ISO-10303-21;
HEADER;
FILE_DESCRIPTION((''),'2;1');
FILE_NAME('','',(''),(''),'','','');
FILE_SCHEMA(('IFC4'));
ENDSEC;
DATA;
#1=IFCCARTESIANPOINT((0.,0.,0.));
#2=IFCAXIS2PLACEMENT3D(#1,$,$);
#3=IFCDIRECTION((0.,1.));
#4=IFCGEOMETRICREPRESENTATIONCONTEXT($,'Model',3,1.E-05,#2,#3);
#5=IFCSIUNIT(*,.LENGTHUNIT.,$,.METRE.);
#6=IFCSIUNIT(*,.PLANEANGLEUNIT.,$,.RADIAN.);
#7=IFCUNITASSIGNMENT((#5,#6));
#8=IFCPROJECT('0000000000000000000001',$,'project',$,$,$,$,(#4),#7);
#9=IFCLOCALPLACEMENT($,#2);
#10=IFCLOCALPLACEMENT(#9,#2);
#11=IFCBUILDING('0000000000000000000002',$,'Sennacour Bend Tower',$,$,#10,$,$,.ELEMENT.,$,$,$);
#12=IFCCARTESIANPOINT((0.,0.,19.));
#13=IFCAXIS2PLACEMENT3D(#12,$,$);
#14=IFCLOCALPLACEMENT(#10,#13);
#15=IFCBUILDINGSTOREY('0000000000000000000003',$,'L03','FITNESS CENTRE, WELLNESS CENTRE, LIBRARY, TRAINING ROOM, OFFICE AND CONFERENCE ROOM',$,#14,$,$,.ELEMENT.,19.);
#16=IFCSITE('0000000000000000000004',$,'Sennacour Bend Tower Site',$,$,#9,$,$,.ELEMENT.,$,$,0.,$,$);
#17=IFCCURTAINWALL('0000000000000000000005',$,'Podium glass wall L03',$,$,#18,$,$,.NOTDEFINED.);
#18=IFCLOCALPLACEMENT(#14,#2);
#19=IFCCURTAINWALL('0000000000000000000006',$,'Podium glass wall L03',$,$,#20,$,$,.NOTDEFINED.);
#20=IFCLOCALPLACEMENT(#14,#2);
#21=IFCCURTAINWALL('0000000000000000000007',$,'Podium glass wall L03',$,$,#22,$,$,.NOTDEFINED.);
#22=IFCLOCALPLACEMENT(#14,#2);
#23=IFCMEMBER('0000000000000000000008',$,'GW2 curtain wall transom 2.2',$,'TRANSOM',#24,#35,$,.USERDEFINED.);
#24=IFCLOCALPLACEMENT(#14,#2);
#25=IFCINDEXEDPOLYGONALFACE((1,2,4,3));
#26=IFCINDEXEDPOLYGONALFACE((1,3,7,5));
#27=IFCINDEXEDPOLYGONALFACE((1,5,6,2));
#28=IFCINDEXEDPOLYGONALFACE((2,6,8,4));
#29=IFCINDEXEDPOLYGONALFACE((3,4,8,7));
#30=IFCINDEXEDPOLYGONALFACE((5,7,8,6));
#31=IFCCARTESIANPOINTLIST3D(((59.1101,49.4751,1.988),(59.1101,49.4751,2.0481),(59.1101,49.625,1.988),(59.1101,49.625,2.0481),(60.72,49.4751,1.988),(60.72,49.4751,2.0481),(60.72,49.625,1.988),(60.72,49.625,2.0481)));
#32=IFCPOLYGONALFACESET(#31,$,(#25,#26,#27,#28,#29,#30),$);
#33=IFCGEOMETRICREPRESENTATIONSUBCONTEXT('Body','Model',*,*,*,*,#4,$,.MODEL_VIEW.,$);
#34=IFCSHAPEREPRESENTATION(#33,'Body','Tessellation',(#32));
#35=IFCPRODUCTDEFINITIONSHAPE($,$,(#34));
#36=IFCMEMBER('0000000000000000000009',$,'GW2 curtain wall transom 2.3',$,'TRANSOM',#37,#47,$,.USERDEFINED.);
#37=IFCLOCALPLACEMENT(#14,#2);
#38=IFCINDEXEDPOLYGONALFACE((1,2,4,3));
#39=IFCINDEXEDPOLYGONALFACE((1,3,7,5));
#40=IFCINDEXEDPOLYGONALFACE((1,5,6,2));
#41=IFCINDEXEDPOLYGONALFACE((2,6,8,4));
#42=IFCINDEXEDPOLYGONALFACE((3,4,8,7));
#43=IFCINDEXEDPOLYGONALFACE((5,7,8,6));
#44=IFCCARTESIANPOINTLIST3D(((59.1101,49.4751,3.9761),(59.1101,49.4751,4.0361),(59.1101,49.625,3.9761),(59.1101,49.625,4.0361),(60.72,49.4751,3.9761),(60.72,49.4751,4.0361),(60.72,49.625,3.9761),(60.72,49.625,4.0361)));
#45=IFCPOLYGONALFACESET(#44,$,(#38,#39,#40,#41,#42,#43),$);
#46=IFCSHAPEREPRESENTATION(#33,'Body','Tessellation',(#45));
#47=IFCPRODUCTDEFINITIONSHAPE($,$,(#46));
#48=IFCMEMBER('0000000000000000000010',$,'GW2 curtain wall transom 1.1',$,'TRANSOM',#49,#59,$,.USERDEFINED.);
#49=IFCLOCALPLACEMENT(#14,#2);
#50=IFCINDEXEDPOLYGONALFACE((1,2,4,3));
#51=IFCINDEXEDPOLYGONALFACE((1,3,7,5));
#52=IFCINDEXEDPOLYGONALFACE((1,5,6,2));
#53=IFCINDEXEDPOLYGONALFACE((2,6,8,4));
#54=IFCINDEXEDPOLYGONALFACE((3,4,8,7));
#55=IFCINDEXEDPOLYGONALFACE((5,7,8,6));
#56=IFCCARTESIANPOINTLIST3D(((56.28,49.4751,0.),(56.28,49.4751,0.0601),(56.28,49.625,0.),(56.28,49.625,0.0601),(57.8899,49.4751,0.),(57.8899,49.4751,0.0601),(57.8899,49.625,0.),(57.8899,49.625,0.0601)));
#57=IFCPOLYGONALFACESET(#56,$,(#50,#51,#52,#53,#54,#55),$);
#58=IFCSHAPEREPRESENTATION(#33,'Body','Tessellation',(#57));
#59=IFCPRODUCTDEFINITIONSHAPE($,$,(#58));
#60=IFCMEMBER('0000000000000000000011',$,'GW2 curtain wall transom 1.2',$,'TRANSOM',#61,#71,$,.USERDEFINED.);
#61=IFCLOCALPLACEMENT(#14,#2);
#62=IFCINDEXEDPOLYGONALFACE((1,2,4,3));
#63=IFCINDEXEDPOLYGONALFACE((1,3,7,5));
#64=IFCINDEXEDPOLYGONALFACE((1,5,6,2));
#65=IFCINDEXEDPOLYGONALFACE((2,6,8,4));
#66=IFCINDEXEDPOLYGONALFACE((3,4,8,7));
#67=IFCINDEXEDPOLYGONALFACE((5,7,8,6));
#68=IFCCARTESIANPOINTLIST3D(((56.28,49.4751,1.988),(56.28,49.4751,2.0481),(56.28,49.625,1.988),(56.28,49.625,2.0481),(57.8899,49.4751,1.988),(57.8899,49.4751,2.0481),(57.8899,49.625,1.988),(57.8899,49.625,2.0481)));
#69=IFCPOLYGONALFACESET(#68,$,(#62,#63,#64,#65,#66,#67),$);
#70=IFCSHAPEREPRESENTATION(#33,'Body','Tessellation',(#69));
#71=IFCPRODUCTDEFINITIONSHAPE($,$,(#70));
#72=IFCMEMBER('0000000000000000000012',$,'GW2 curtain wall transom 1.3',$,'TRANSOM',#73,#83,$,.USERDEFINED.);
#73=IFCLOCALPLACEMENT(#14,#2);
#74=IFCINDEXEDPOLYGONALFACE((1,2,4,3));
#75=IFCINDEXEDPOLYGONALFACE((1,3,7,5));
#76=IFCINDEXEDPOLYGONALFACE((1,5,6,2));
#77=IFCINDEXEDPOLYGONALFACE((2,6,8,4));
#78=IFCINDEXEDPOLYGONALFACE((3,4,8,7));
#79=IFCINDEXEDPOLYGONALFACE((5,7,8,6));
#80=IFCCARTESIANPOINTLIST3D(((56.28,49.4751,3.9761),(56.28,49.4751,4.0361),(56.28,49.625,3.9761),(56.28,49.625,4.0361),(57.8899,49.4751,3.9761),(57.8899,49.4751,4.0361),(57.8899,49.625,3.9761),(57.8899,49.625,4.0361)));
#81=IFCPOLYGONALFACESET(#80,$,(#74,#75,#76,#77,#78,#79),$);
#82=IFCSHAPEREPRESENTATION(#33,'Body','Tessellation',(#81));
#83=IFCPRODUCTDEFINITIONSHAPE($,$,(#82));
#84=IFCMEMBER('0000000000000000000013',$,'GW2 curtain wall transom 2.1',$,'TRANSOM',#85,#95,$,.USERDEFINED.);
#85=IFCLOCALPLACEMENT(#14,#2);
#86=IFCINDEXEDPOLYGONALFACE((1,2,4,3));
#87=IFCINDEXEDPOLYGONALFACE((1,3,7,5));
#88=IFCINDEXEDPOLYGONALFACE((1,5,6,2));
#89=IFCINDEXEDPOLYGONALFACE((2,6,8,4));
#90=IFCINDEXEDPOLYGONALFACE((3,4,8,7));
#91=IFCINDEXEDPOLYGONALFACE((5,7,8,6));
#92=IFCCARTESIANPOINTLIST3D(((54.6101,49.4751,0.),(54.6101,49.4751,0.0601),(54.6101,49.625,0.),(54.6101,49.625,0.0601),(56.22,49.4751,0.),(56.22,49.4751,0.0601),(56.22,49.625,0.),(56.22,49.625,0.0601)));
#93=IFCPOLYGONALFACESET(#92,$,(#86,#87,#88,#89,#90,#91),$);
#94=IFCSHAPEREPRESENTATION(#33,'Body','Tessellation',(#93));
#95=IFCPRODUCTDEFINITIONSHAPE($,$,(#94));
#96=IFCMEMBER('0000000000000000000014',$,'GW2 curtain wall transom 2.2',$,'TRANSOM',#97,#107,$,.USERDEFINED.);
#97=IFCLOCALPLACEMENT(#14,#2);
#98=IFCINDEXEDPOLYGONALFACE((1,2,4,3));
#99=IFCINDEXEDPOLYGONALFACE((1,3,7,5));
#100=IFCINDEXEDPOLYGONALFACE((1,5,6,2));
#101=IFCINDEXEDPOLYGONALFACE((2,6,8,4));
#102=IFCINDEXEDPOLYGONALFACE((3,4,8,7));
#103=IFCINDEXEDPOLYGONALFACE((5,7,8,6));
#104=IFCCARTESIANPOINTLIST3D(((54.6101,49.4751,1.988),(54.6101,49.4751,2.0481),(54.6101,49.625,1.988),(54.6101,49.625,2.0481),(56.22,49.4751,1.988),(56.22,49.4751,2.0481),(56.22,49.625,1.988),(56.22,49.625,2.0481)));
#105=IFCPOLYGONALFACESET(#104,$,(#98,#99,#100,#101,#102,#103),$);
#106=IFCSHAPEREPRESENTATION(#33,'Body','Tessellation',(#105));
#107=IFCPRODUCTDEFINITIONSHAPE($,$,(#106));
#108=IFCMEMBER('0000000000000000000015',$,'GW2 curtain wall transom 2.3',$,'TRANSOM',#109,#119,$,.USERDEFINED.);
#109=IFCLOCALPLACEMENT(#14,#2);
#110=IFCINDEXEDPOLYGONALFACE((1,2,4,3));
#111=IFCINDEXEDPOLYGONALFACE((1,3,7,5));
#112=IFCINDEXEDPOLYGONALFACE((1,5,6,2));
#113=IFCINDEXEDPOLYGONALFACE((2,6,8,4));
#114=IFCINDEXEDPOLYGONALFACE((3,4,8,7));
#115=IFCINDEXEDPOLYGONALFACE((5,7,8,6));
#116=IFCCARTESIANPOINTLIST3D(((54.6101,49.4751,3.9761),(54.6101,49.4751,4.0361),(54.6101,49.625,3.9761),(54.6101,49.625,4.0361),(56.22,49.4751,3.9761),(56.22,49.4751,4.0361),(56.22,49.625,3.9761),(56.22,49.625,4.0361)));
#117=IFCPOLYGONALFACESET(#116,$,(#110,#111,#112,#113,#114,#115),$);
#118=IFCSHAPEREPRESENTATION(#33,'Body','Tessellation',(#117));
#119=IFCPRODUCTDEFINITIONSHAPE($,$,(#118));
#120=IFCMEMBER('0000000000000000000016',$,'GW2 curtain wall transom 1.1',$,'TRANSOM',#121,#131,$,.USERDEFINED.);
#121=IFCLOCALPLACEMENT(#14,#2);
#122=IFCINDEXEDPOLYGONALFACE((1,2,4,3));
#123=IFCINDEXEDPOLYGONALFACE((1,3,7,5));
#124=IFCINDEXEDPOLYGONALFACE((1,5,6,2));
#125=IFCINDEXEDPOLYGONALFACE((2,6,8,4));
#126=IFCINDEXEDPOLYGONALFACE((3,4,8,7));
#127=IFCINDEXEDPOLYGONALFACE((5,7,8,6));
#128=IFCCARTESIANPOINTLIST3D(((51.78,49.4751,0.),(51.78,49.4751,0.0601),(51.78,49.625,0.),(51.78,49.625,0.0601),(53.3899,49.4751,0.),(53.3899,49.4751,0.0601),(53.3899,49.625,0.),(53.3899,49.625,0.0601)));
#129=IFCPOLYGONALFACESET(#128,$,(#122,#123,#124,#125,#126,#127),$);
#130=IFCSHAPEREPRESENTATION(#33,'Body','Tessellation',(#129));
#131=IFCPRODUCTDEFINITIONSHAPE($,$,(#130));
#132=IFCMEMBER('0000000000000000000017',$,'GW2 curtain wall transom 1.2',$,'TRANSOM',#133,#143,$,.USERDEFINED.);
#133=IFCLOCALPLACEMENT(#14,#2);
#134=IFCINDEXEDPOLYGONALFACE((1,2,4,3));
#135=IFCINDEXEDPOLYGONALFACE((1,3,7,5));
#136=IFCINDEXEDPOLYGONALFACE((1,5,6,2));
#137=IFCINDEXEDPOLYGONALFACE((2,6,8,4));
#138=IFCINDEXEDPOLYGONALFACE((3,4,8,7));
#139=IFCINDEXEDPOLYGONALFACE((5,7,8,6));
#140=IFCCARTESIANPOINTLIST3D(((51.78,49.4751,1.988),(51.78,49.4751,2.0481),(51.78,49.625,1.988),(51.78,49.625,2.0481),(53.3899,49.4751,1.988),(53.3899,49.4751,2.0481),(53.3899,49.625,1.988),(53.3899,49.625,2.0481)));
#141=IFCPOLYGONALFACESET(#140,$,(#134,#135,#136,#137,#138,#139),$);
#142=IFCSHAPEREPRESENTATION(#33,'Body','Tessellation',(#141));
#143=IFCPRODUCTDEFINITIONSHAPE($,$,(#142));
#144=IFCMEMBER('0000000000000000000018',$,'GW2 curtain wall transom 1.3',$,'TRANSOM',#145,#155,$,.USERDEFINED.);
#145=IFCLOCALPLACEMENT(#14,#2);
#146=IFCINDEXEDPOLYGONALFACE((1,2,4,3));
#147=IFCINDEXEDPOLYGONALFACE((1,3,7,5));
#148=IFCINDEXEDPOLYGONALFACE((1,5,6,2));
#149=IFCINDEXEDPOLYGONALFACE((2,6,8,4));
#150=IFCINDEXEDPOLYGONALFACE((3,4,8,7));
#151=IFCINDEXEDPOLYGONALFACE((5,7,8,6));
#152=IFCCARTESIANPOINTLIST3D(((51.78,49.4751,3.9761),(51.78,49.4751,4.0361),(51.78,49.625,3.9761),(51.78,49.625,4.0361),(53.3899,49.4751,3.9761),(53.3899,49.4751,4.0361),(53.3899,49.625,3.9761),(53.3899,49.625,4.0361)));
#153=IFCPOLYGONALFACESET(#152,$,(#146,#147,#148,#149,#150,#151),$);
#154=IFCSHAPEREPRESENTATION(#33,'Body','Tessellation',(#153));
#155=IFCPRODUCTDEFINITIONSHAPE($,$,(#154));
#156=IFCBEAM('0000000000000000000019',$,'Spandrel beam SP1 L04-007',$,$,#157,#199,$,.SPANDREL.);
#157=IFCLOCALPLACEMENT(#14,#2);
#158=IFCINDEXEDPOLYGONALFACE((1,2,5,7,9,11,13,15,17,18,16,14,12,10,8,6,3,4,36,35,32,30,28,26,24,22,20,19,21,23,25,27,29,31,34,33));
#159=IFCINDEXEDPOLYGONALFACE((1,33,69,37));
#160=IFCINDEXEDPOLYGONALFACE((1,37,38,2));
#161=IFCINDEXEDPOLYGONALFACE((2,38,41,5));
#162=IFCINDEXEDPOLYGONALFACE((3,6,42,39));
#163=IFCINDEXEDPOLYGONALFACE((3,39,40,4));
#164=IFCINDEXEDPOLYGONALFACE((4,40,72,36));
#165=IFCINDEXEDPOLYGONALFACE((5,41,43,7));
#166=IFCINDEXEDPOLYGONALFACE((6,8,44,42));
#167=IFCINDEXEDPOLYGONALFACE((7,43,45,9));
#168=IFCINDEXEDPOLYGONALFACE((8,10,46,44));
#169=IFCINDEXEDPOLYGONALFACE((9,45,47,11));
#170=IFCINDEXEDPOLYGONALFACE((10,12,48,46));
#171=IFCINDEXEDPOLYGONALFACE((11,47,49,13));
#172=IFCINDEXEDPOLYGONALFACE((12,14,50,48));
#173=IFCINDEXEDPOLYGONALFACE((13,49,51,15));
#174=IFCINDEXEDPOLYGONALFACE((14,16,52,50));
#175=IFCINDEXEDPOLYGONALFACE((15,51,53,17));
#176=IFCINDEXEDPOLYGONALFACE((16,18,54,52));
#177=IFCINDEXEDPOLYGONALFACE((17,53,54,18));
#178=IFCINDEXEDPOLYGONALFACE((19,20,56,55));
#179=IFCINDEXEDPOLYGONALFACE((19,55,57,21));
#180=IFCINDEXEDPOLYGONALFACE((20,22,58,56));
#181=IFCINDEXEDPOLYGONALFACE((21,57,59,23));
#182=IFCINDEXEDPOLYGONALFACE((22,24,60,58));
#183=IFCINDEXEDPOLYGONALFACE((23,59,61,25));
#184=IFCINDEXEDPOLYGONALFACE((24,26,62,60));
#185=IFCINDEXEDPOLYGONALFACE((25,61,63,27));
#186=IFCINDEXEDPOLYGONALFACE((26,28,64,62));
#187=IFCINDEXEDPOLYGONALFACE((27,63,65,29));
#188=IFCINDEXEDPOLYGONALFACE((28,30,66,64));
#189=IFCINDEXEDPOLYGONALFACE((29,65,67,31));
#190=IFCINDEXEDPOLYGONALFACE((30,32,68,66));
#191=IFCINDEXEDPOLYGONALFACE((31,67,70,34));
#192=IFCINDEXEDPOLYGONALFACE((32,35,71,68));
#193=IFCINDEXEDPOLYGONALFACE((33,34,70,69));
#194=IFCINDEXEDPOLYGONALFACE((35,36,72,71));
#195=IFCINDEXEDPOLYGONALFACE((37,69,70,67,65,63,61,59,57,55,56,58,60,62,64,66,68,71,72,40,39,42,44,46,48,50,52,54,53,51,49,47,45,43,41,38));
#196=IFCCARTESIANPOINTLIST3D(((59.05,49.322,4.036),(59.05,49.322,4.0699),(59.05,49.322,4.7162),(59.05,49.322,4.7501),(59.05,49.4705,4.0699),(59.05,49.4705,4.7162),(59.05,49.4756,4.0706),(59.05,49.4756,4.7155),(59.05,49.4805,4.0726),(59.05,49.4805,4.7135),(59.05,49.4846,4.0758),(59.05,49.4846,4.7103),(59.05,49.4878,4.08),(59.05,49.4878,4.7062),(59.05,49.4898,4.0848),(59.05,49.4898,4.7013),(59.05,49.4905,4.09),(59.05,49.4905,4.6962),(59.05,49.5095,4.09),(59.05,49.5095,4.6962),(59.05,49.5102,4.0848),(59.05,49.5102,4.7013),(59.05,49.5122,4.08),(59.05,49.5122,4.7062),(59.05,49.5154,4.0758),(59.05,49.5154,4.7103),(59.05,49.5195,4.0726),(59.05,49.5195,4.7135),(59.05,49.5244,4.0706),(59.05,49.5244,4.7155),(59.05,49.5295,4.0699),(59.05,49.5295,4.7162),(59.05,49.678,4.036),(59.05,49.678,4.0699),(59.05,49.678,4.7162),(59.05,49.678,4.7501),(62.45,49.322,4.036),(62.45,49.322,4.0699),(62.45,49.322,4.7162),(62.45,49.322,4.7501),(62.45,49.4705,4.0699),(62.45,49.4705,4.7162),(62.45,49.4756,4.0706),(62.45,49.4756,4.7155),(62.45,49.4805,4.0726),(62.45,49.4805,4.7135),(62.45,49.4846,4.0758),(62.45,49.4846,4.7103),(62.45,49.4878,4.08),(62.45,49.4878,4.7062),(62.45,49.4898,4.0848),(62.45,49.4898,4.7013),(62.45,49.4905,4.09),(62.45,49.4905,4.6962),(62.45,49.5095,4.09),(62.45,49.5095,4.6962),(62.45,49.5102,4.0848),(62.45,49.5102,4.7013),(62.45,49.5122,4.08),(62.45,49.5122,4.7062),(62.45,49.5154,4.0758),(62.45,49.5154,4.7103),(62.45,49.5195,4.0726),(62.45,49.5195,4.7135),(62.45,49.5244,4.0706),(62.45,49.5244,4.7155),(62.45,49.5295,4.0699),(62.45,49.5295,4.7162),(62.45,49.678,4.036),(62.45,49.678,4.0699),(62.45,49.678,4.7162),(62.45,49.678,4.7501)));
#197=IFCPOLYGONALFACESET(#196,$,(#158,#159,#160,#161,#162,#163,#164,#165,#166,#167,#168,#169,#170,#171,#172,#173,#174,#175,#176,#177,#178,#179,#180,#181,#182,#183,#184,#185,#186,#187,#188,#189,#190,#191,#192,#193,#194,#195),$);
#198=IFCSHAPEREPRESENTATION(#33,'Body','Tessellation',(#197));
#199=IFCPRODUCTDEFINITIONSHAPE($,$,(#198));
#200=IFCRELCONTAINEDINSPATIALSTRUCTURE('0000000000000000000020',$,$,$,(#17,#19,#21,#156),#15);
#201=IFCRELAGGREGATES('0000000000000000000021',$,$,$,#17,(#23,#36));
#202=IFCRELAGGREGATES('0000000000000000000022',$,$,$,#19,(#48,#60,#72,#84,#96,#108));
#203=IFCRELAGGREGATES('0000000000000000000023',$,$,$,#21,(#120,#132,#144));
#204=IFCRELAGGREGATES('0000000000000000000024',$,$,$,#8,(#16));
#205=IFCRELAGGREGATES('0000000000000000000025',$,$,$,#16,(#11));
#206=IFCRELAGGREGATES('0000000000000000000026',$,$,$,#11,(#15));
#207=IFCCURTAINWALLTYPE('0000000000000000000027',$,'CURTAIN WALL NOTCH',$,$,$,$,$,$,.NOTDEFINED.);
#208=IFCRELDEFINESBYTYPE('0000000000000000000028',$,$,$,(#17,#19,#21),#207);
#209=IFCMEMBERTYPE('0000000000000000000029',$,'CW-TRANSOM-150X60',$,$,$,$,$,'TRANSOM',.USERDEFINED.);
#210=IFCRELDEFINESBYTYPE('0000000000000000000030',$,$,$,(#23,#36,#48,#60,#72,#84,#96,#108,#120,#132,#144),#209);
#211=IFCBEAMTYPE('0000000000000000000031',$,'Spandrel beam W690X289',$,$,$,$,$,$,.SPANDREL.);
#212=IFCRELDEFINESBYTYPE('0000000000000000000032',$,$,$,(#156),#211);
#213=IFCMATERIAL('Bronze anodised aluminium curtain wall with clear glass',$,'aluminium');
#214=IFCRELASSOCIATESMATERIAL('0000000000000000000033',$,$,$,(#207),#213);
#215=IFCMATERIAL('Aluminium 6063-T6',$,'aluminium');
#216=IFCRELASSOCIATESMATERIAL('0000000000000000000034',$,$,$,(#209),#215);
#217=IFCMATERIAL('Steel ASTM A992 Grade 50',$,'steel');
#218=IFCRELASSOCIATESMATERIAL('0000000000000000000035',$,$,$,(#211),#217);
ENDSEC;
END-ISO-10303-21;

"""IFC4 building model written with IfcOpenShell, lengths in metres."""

from ifc_helpers import new_model, si_unit, direction, frame, origin, origin_2d, place, context, subcontext, project, spatial, rectangle, i_section, extrude, material, material_profile, profile_set, type_object, element, aggregate, save


model = new_model("IFC4")

# Units and contexts
model_context = context("Model", 3, precision=1e-05, world=origin(), true_north=direction((0.0, 1.0)))
body_context = subcontext(model_context, "Body", "Model", "MODEL_VIEW")
ifc_project = project(units=[si_unit("LENGTHUNIT", "METRE"), si_unit("PLANEANGLEUNIT", "RADIAN")], contexts=[model_context])

# Site, building, storey
site_placement = place(None, origin())
site = spatial("IfcSite", under=ifc_project, at=site_placement, Name="Sennacour Bend Tower Site", CompositionType="ELEMENT", RefElevation=0.0)
building_placement = place(site_placement, origin())
building = spatial("IfcBuilding", under=site, at=building_placement, Name="Sennacour Bend Tower", CompositionType="ELEMENT")
storey_placement = place(building_placement, frame((0.0, 0.0, 19.0)))
storey = spatial("IfcBuildingStorey", under=building, at=storey_placement, Name="L03", Description="FITNESS CENTRE, WELLNESS CENTRE, LIBRARY, TRAINING ROOM, OFFICE AND CONFERENCE ROOM", CompositionType="ELEMENT", Elevation=19.0)

# Curtain walls
ifc_material_1 = material(Name="Bronze anodised aluminium curtain wall with clear glass", Category="aluminium")
curtain_wall_type = type_object("IfcCurtainWallType", Name="CURTAIN WALL NOTCH", PredefinedType="NOTDEFINED", material=ifc_material_1)
curtain_wall_1_placement = place(storey_placement, origin())
curtain_wall_1 = element("IfcCurtainWall", 1, at=curtain_wall_1_placement, inside=storey, type_object=curtain_wall_type, Name="Podium glass wall L03", PredefinedType="NOTDEFINED")
ifc_material_2 = material(Name="Aluminium 6063-T6", Category="aluminium")
curtain_wall_2_placement = place(storey_placement, origin())
curtain_wall_2 = element("IfcCurtainWall", 2, at=curtain_wall_2_placement, inside=storey, type_object=curtain_wall_type, Name="Podium glass wall L03", PredefinedType="NOTDEFINED")

# Curtain wall
curtain_wall_3_placement = place(storey_placement, origin())
curtain_wall_3 = element("IfcCurtainWall", 3, at=curtain_wall_3_placement, inside=storey, type_object=curtain_wall_type, Name="Podium glass wall L03", PredefinedType="NOTDEFINED")

# Members
ifc_material_profile_1 = material_profile(ifc_material_2, rectangle(XDim=0.1499, YDim=0.0601, at=origin_2d()), Name="Aluminium 6063-T6", Category="aluminium")
ifc_profile_set_1 = profile_set([ifc_material_profile_1], Name="Aluminium 6063-T6")
member_type_1 = type_object("IfcMemberType", Name="CW-TRANSOM-150X60", ElementType="TRANSOM", PredefinedType="USERDEFINED", material=ifc_profile_set_1)
member_1_placement = place(storey_placement, frame((60.72, 49.55, 2.0181), z_axis=(-1.0, 0.0, 0.0), x_axis=(0.0, -1.0, 0.0)))
member_1 = element("IfcMember", 4, at=member_1_placement, type_object=member_type_1, Name="GW2 curtain wall transom 2.2", ObjectType="TRANSOM", PredefinedType="USERDEFINED", context=body_context, shape_type="SweptSolid", body=[
    extrude(rectangle(XDim=0.1499, YDim=0.0601, at=origin_2d()), origin(), (0.0, 0.0, 1.0), 1.6099),
])
member_2_placement = place(storey_placement, frame((60.72, 49.55, 4.0061), z_axis=(-1.0, 0.0, 0.0), x_axis=(0.0, -1.0, 0.0)))
member_2 = element("IfcMember", 5, at=member_2_placement, type_object=member_type_1, Name="GW2 curtain wall transom 2.3", ObjectType="TRANSOM", PredefinedType="USERDEFINED", context=body_context, shape_type="SweptSolid", body=[
    extrude(rectangle(XDim=0.1499, YDim=0.0601, at=origin_2d()), origin(), (0.0, 0.0, 1.0), 1.6099),
])
member_3_placement = place(storey_placement, frame((57.8899, 49.55, 0.03), z_axis=(-1.0, 0.0, 0.0), x_axis=(0.0, -1.0, 0.0)))
member_3 = element("IfcMember", 6, at=member_3_placement, type_object=member_type_1, Name="GW2 curtain wall transom 1.1", ObjectType="TRANSOM", PredefinedType="USERDEFINED", context=body_context, shape_type="SweptSolid", body=[
    extrude(rectangle(XDim=0.1499, YDim=0.0601, at=origin_2d()), origin(), (0.0, 0.0, 1.0), 1.6099),
])
member_4_placement = place(storey_placement, frame((57.8899, 49.55, 2.0181), z_axis=(-1.0, 0.0, 0.0), x_axis=(0.0, -1.0, 0.0)))
member_4 = element("IfcMember", 7, at=member_4_placement, type_object=member_type_1, Name="GW2 curtain wall transom 1.2", ObjectType="TRANSOM", PredefinedType="USERDEFINED", context=body_context, shape_type="SweptSolid", body=[
    extrude(rectangle(XDim=0.1499, YDim=0.0601, at=origin_2d()), origin(), (0.0, 0.0, 1.0), 1.6099),
])
member_5_placement = place(storey_placement, frame((57.8899, 49.55, 4.0061), z_axis=(-1.0, 0.0, 0.0), x_axis=(0.0, -1.0, 0.0)))
member_5 = element("IfcMember", 8, at=member_5_placement, type_object=member_type_1, Name="GW2 curtain wall transom 1.3", ObjectType="TRANSOM", PredefinedType="USERDEFINED", context=body_context, shape_type="SweptSolid", body=[
    extrude(rectangle(XDim=0.1499, YDim=0.0601, at=origin_2d()), origin(), (0.0, 0.0, 1.0), 1.6099),
])
member_6_placement = place(storey_placement, frame((56.22, 49.55, 0.03), z_axis=(-1.0, 0.0, 0.0), x_axis=(0.0, -1.0, 0.0)))
member_6 = element("IfcMember", 9, at=member_6_placement, type_object=member_type_1, Name="GW2 curtain wall transom 2.1", ObjectType="TRANSOM", PredefinedType="USERDEFINED", context=body_context, shape_type="SweptSolid", body=[
    extrude(rectangle(XDim=0.1499, YDim=0.0601, at=origin_2d()), origin(), (0.0, 0.0, 1.0), 1.6099),
])
member_7_placement = place(storey_placement, frame((56.22, 49.55, 2.0181), z_axis=(-1.0, 0.0, 0.0), x_axis=(0.0, -1.0, 0.0)))
member_7 = element("IfcMember", 10, at=member_7_placement, type_object=member_type_1, Name="GW2 curtain wall transom 2.2", ObjectType="TRANSOM", PredefinedType="USERDEFINED", context=body_context, shape_type="SweptSolid", body=[
    extrude(rectangle(XDim=0.1499, YDim=0.0601, at=origin_2d()), origin(), (0.0, 0.0, 1.0), 1.6099),
])
member_8_placement = place(storey_placement, frame((56.22, 49.55, 4.0061), z_axis=(-1.0, 0.0, 0.0), x_axis=(0.0, -1.0, 0.0)))
member_8 = element("IfcMember", 11, at=member_8_placement, type_object=member_type_1, Name="GW2 curtain wall transom 2.3", ObjectType="TRANSOM", PredefinedType="USERDEFINED", context=body_context, shape_type="SweptSolid", body=[
    extrude(rectangle(XDim=0.1499, YDim=0.0601, at=origin_2d()), origin(), (0.0, 0.0, 1.0), 1.6099),
])
member_9_placement = place(storey_placement, frame((53.3899, 49.55, 0.03), z_axis=(-1.0, 0.0, 0.0), x_axis=(0.0, -1.0, 0.0)))
member_9 = element("IfcMember", 12, at=member_9_placement, type_object=member_type_1, Name="GW2 curtain wall transom 1.1", ObjectType="TRANSOM", PredefinedType="USERDEFINED", context=body_context, shape_type="SweptSolid", body=[
    extrude(rectangle(XDim=0.1499, YDim=0.0601, at=origin_2d()), origin(), (0.0, 0.0, 1.0), 1.6099),
])
member_10_placement = place(storey_placement, frame((53.3899, 49.55, 2.0181), z_axis=(-1.0, 0.0, 0.0), x_axis=(0.0, -1.0, 0.0)))
member_10 = element("IfcMember", 13, at=member_10_placement, type_object=member_type_1, Name="GW2 curtain wall transom 1.2", ObjectType="TRANSOM", PredefinedType="USERDEFINED", context=body_context, shape_type="SweptSolid", body=[
    extrude(rectangle(XDim=0.1499, YDim=0.0601, at=origin_2d()), origin(), (0.0, 0.0, 1.0), 1.6099),
])
member_11_placement = place(storey_placement, frame((53.3899, 49.55, 4.0061), z_axis=(-1.0, 0.0, 0.0), x_axis=(0.0, -1.0, 0.0)))
member_11 = element("IfcMember", 14, at=member_11_placement, type_object=member_type_1, Name="GW2 curtain wall transom 1.3", ObjectType="TRANSOM", PredefinedType="USERDEFINED", context=body_context, shape_type="SweptSolid", body=[
    extrude(rectangle(XDim=0.1499, YDim=0.0601, at=origin_2d()), origin(), (0.0, 0.0, 1.0), 1.6099),
])

# Beam
ifc_material_3 = material(Name="Steel ASTM A992 Grade 50", Category="steel")
ifc_material_profile_2 = material_profile(ifc_material_3, i_section(OverallWidth=0.356, OverallDepth=0.7141, WebThickness=0.019, FlangeThickness=0.0339, FilletRadius=0.02, at=origin_2d()), Name="Steel ASTM A992 Grade 50", Category="steel")
ifc_profile_set_2 = profile_set([ifc_material_profile_2], Name="Steel ASTM A992 Grade 50")
beam_type = type_object("IfcBeamType", Name="Spandrel beam W690X289", PredefinedType="SPANDREL", material=ifc_profile_set_2)
for number, where, z_axis, x_axis, name in (
    (15, (62.45, 49.5, 4.3931), (-1.0, 0.0, 0.0), (0.0, -1.0, 0.0), "Spandrel beam SP1 L04-007"),
):
    element("IfcBeam", number, at=place(storey_placement, frame(where, z_axis=z_axis, x_axis=x_axis)), inside=storey, type_object=beam_type, Name=name, PredefinedType="SPANDREL", context=body_context, shape_type="SweptSolid", body=[
        extrude(i_section(OverallWidth=0.356, OverallDepth=0.7141, WebThickness=0.019, FlangeThickness=0.0339, FilletRadius=0.02, at=origin_2d()), origin(), (0.0, 0.0, 1.0), 3.3999),
    ])

aggregate(curtain_wall_1, [member_1, member_2])
aggregate(curtain_wall_2, [member_3, member_4, member_5, member_6, member_7, member_8])
aggregate(curtain_wall_3, [member_9, member_10, member_11])

save(model, "model.ifc")
